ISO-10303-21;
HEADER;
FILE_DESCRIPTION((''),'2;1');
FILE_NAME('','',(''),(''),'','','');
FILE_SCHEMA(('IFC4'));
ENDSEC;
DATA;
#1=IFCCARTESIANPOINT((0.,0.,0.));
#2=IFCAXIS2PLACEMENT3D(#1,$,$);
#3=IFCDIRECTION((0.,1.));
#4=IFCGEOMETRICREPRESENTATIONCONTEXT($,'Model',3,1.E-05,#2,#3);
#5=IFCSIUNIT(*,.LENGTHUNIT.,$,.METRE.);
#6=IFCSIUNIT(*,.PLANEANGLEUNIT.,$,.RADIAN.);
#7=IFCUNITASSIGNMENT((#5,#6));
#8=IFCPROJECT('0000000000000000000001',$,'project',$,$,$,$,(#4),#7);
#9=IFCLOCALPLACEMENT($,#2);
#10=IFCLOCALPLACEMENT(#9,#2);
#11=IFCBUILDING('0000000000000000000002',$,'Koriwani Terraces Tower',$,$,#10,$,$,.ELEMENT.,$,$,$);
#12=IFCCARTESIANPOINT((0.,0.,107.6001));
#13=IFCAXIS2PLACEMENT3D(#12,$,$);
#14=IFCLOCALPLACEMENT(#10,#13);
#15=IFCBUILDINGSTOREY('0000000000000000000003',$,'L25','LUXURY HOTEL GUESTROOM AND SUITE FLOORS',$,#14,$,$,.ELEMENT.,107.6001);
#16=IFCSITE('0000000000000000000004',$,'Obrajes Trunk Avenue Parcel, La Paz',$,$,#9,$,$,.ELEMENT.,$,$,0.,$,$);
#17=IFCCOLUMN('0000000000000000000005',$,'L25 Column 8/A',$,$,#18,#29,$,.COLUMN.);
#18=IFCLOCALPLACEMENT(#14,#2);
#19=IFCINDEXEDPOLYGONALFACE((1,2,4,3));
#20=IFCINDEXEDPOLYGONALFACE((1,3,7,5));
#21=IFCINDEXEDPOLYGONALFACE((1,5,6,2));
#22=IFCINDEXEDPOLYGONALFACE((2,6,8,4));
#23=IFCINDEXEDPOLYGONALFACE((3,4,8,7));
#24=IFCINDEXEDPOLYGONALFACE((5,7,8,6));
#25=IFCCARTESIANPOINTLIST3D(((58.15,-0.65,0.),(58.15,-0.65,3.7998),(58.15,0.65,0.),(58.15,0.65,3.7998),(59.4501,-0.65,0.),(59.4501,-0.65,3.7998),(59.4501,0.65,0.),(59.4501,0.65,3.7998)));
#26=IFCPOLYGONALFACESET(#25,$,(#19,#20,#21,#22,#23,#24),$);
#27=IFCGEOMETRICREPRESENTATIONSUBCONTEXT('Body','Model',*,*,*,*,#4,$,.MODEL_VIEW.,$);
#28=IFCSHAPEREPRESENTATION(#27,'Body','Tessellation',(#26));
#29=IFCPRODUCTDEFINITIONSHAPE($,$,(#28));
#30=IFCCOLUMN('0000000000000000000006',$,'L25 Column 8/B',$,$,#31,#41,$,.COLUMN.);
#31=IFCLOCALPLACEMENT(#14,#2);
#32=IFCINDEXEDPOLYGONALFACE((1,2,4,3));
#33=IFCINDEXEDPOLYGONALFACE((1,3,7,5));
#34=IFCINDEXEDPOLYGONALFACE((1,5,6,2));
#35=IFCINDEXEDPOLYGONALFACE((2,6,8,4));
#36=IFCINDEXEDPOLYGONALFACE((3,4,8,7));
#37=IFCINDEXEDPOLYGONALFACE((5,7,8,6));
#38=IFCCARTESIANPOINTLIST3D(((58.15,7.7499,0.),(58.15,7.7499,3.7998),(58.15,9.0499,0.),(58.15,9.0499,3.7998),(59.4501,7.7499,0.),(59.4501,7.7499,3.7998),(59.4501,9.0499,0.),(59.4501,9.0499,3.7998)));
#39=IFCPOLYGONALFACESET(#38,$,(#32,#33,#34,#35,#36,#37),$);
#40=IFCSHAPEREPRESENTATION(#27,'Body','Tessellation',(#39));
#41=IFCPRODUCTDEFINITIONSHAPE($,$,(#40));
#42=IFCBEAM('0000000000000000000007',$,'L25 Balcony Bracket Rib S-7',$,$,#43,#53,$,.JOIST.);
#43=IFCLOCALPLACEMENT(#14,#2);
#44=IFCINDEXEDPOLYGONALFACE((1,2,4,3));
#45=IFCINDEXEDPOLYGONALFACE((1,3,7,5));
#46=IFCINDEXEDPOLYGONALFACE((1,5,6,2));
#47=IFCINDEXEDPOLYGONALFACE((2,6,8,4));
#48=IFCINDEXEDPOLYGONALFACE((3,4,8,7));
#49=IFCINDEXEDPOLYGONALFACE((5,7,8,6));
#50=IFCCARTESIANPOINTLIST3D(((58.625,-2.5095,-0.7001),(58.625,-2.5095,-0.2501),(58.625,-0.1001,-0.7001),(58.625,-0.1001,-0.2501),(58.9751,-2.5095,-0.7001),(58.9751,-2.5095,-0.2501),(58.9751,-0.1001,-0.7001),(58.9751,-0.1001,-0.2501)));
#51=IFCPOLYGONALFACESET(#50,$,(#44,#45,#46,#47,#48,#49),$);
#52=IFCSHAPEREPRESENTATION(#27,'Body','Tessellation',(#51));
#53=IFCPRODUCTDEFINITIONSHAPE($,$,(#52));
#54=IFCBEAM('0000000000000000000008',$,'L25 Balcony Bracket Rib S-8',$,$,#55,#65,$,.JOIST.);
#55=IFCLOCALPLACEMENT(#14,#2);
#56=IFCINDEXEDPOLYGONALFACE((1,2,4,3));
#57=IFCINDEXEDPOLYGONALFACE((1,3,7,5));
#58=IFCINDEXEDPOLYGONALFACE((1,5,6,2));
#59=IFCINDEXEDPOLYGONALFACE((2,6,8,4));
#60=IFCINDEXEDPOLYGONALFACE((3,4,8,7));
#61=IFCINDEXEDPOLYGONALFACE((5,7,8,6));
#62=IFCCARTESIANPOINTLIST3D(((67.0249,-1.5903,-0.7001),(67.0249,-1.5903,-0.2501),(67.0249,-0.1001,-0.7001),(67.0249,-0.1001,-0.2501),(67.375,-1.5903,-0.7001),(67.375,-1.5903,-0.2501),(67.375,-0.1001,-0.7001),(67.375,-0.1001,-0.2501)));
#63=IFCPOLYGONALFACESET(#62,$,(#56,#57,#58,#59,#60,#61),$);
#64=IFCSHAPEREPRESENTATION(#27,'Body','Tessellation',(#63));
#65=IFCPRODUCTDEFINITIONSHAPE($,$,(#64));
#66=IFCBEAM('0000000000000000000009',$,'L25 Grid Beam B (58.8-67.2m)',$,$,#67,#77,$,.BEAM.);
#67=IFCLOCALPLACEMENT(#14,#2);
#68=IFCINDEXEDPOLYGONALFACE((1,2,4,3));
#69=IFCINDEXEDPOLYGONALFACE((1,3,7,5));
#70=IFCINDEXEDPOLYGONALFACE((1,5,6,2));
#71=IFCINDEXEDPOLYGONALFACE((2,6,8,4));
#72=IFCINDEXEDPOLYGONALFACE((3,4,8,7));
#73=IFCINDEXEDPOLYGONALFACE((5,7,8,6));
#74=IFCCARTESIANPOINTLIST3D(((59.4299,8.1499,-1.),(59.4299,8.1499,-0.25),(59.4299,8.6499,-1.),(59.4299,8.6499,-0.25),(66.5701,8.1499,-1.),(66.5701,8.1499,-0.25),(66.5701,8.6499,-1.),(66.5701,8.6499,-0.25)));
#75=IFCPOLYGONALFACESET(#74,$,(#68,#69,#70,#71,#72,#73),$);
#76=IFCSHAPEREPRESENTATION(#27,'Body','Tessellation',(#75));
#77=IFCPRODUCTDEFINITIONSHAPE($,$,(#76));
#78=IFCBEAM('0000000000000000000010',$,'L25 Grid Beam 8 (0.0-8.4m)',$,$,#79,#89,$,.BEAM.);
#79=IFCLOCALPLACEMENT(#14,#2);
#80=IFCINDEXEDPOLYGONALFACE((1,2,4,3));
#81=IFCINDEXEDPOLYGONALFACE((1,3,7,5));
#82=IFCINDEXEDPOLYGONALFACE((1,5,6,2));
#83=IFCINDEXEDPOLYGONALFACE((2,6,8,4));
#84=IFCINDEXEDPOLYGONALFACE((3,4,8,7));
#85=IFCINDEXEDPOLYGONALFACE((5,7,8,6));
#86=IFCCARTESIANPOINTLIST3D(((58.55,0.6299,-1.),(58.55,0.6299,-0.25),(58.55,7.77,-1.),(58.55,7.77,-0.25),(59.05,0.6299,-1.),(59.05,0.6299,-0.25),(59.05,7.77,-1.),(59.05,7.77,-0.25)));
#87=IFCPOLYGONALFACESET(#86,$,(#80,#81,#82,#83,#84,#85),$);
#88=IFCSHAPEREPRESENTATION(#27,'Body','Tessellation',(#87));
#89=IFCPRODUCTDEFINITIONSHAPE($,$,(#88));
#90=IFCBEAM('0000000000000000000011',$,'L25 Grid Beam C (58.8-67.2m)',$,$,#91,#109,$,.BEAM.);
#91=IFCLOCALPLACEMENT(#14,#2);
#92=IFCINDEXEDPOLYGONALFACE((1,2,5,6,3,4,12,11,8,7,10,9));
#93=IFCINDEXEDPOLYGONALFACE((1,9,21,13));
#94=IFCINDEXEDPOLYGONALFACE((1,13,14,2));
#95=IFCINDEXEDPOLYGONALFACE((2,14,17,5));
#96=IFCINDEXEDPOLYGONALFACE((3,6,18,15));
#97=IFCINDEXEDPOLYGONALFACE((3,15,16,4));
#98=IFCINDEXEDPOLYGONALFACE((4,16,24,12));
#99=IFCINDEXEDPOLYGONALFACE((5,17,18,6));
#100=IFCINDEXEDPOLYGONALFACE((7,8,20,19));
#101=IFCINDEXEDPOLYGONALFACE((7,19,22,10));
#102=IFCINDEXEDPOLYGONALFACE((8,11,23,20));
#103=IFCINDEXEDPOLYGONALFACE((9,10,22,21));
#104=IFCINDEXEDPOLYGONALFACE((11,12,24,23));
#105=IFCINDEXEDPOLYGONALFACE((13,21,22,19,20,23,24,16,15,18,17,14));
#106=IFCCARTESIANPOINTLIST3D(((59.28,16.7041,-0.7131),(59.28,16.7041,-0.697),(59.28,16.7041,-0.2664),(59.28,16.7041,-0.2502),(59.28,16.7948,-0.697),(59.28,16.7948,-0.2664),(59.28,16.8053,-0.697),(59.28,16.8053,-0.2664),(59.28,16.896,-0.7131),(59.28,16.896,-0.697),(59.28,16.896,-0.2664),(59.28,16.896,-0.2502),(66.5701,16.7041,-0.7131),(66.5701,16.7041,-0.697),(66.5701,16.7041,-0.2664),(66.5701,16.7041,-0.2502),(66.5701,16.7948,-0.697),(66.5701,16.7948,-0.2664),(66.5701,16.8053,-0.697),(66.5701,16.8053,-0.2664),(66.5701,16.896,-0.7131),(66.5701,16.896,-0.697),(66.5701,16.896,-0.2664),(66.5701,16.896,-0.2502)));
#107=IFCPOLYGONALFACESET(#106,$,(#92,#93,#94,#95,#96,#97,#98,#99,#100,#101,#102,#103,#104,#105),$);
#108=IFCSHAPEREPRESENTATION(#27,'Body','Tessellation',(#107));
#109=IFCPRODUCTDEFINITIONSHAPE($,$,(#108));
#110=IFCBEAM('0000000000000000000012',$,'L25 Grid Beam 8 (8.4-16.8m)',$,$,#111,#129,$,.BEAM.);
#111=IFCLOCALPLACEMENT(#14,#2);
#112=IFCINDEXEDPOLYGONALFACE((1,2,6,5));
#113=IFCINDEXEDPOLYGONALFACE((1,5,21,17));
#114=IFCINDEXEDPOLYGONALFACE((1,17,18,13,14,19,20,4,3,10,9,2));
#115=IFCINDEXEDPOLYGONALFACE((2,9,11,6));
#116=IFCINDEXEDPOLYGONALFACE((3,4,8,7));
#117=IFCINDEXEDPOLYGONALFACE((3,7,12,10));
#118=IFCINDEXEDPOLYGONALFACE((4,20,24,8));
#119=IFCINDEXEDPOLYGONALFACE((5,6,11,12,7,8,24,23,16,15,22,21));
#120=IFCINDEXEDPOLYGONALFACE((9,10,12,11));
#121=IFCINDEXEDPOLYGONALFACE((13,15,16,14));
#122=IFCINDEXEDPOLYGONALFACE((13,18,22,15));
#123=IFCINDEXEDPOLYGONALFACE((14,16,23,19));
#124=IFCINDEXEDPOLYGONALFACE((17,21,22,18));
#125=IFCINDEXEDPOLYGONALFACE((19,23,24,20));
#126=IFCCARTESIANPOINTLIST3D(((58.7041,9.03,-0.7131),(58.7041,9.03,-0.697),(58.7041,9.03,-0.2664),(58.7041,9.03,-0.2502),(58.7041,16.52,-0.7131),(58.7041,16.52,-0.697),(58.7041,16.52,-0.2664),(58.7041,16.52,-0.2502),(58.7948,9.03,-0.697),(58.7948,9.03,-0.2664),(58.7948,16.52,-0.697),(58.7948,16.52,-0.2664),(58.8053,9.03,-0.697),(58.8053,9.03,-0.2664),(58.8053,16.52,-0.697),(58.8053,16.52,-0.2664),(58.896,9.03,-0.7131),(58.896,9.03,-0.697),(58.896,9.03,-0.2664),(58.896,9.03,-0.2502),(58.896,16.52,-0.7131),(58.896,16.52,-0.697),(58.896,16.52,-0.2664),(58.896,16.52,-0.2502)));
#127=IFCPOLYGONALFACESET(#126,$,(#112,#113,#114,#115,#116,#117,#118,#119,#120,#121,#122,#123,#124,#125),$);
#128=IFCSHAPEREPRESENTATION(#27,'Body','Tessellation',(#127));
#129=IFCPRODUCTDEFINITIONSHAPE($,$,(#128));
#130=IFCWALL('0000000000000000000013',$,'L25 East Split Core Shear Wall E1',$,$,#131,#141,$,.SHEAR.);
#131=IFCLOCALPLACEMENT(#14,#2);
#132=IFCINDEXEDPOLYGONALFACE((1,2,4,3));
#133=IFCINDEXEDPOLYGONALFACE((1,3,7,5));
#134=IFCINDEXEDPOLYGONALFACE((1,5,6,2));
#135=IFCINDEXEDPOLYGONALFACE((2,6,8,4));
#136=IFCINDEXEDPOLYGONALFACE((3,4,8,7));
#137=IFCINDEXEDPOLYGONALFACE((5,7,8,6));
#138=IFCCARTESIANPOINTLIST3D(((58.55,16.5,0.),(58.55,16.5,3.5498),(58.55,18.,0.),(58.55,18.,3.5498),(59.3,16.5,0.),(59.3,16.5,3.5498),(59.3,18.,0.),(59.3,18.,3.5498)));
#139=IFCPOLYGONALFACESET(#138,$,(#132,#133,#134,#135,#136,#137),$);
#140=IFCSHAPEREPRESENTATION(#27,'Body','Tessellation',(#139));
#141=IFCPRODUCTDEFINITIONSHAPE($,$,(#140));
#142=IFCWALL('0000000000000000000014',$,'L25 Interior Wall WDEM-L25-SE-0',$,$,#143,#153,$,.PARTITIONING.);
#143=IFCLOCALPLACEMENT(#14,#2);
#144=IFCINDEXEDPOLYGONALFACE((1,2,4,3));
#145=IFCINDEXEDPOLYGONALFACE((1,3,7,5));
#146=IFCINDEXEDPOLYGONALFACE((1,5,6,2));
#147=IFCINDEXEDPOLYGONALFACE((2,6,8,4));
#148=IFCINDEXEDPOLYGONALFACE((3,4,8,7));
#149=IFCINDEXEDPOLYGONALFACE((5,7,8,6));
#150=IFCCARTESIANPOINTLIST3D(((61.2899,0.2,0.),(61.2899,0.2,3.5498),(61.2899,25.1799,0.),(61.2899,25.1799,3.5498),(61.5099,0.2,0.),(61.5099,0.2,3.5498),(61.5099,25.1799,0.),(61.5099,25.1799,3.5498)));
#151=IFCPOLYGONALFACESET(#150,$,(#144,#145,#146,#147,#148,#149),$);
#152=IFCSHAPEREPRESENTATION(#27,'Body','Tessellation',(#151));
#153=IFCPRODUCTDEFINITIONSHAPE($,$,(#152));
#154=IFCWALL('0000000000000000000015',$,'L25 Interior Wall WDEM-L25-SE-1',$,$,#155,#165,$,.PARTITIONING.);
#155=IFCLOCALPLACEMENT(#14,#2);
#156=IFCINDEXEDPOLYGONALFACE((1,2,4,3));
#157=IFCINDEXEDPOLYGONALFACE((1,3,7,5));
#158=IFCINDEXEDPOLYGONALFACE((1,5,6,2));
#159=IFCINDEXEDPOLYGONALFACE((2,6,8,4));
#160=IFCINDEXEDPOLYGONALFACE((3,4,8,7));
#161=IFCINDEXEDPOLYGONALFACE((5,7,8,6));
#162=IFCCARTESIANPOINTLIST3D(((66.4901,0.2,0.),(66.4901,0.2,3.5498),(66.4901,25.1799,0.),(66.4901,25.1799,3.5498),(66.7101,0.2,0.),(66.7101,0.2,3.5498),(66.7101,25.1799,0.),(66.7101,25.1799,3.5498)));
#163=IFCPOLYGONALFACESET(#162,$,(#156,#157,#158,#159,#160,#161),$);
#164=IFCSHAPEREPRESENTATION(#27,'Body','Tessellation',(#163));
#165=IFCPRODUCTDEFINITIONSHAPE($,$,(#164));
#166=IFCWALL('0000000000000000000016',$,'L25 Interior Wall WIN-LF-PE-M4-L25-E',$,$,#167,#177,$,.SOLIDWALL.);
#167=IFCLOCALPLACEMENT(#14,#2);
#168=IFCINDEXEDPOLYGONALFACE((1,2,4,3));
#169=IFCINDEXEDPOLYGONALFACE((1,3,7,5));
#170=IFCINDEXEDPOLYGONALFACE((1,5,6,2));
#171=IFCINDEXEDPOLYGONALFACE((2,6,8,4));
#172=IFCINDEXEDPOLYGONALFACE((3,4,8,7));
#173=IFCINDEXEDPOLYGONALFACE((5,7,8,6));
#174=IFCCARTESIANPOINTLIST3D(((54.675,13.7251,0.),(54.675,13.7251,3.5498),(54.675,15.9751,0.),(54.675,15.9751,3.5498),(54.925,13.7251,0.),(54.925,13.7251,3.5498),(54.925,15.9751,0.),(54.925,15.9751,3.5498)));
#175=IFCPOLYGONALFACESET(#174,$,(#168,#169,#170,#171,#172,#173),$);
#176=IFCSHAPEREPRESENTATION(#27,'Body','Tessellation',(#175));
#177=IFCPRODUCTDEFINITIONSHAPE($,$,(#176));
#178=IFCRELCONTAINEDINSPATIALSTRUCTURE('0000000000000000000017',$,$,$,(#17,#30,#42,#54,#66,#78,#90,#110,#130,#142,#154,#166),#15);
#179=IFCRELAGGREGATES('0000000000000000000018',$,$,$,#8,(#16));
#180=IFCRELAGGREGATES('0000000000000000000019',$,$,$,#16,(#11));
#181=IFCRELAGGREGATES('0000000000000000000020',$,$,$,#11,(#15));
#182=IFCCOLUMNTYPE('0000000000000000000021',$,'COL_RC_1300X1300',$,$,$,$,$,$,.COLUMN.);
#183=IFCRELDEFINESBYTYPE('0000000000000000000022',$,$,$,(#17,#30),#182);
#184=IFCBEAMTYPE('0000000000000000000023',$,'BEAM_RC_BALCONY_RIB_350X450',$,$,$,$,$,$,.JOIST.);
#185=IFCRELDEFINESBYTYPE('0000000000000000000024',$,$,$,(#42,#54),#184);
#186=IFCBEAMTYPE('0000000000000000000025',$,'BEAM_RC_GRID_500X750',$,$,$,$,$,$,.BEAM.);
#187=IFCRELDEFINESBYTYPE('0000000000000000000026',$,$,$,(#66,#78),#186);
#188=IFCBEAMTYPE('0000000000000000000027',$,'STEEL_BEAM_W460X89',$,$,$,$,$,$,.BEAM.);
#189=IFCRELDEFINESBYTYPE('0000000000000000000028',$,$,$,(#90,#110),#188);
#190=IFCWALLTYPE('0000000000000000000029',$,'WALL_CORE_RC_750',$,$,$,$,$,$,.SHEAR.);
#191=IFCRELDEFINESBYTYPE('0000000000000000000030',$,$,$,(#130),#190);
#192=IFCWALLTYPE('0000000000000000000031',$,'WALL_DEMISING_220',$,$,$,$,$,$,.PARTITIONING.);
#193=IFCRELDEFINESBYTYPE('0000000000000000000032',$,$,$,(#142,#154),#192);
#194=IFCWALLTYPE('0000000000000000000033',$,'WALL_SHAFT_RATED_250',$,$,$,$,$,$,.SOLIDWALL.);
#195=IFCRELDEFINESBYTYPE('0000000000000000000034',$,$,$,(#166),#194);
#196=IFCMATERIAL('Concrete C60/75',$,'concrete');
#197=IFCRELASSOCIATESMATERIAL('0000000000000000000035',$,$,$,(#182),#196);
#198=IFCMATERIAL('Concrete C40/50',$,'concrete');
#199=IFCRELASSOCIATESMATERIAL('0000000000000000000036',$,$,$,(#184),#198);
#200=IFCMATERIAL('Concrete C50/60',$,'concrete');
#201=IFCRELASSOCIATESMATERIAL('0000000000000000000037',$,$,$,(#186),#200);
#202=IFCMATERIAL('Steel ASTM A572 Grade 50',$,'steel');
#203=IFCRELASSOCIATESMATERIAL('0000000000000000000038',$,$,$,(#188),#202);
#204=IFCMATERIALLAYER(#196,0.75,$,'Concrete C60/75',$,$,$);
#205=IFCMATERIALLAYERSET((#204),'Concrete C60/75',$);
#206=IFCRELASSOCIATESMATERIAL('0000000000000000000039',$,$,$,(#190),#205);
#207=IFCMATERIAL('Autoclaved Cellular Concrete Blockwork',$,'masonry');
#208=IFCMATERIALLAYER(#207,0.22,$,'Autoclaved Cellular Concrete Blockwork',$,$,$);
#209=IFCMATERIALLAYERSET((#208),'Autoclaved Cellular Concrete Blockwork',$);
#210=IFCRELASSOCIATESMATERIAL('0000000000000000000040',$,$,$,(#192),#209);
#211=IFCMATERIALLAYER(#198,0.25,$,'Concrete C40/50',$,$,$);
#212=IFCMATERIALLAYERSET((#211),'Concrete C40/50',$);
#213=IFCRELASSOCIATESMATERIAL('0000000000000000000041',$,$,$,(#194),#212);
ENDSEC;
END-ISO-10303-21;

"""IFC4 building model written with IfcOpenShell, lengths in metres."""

from ifc_helpers import new_model, si_unit, direction, frame, frame_2d, origin, origin_2d, place, context, subcontext, project, spatial, rectangle, i_section, extrude, material, layer, layer_set, material_profile, profile_set, type_object, element, save


model = new_model("IFC4")

# Units and contexts
model_context = context("Model", 3, precision=1e-05, world=origin(), true_north=direction((0.0, 1.0)))
body_context = subcontext(model_context, "Body", "Model", "MODEL_VIEW")
ifc_project = project(units=[si_unit("LENGTHUNIT", "METRE"), si_unit("PLANEANGLEUNIT", "RADIAN")], contexts=[model_context])

# Site, building, storey
site_placement = place(None, origin())
site = spatial("IfcSite", under=ifc_project, at=site_placement, Name="Obrajes Trunk Avenue Parcel, La Paz", CompositionType="ELEMENT", RefElevation=0.0)
building_placement = place(site_placement, origin())
building = spatial("IfcBuilding", under=site, at=building_placement, Name="Koriwani Terraces Tower", CompositionType="ELEMENT")
storey_placement = place(building_placement, frame((0.0, 0.0, 107.6001)))
storey = spatial("IfcBuildingStorey", under=building, at=storey_placement, Name="L25", Description="LUXURY HOTEL GUESTROOM AND SUITE FLOORS", CompositionType="ELEMENT", Elevation=107.6001)

# Columns
ifc_material_1 = material(Name="Concrete C60/75", Category="concrete")
ifc_material_profile_1 = material_profile(ifc_material_1, rectangle(XDim=1.3, YDim=1.3, at=origin_2d()), Name="Concrete C60/75", Category="LoadBearing")
ifc_profile_set_1 = profile_set([ifc_material_profile_1], Name="Concrete C60/75")
column_type = type_object("IfcColumnType", Name="COL_RC_1300X1300", PredefinedType="COLUMN", material=ifc_profile_set_1)
for number, where, z_axis, x_axis, name in (
    (1, (58.8, 0.0, 0.0), (0.0, 0.0, 1.0), (1.0, 0.0, 0.0), "L25 Column 8/A"),
    (2, (58.8, 8.3999, 0.0), (0.0, 0.0, 1.0), (1.0, 0.0, 0.0), "L25 Column 8/B"),
):
    element("IfcColumn", number, at=place(storey_placement, frame(where, z_axis=z_axis, x_axis=x_axis)), inside=storey, type_object=column_type, Name=name, PredefinedType="COLUMN", context=body_context, shape_type="SweptSolid", body=[
        extrude(rectangle(XDim=1.3, YDim=1.3, at=origin_2d()), origin(), (0.0, 0.0, 1.0), 3.7998),
    ])

# Beams
ifc_material_2 = material(Name="Concrete C40/50", Category="concrete")
ifc_material_profile_2 = material_profile(ifc_material_2, rectangle(XDim=0.3501, YDim=0.45, at=origin_2d()), Name="Concrete C40/50", Category="LoadBearing")
ifc_profile_set_2 = profile_set([ifc_material_profile_2], Name="Concrete C40/50")
beam_type_1 = type_object("IfcBeamType", Name="BEAM_RC_BALCONY_RIB_350X450", PredefinedType="JOIST", material=ifc_profile_set_2)
beam_1_placement = place(storey_placement, frame((58.8, -2.5095, -0.4751), z_axis=(0.0, 1.0, 0.0), x_axis=(-1.0, 0.0, 0.0)))
element("IfcBeam", 3, at=beam_1_placement, inside=storey, type_object=beam_type_1, Name="L25 Balcony Bracket Rib S-7", PredefinedType="JOIST", context=body_context, shape_type="SweptSolid", body=[
    extrude(rectangle(XDim=0.3501, YDim=0.45, at=origin_2d()), origin(), (0.0, 0.0, 1.0), 2.4094),
])
beam_2_placement = place(storey_placement, frame((67.2, -1.5903, -0.4751), z_axis=(0.0, 1.0, 0.0), x_axis=(-1.0, 0.0, 0.0)))
element("IfcBeam", 4, at=beam_2_placement, inside=storey, type_object=beam_type_1, Name="L25 Balcony Bracket Rib S-8", PredefinedType="JOIST", context=body_context, shape_type="SweptSolid", body=[
    extrude(rectangle(XDim=0.3501, YDim=0.45, at=origin_2d()), origin(), (0.0, 0.0, 1.0), 1.4902),
])
ifc_material_3 = material(Name="Concrete C50/60", Category="concrete")
ifc_material_profile_3 = material_profile(ifc_material_3, rectangle(XDim=0.5, YDim=0.75, at=origin_2d()), Name="Concrete C50/60", Category="LoadBearing")
ifc_profile_set_3 = profile_set([ifc_material_profile_3], Name="Concrete C50/60")
beam_type_2 = type_object("IfcBeamType", Name="BEAM_RC_GRID_500X750", PredefinedType="BEAM", material=ifc_profile_set_3)
for number, where, z_axis, x_axis, name in (
    (5, (59.4299, 8.3999, -0.625), (1.0, 0.0, 0.0), (0.0, 1.0, 0.0), "L25 Grid Beam B (58.8-67.2m)"),
    (6, (58.8, 0.6299, -0.625), (0.0, 1.0, 0.0), (-1.0, 0.0, 0.0), "L25 Grid Beam 8 (0.0-8.4m)"),
):
    element("IfcBeam", number, at=place(storey_placement, frame(where, z_axis=z_axis, x_axis=x_axis)), inside=storey, type_object=beam_type_2, Name=name, PredefinedType="BEAM", context=body_context, shape_type="SweptSolid", body=[
        extrude(rectangle(XDim=0.5, YDim=0.75, at=origin_2d()), origin(), (0.0, 0.0, 1.0), 7.1401),
    ])
ifc_material_4 = material(Name="Steel ASTM A572 Grade 50", Category="steel")
ifc_material_profile_4 = material_profile(ifc_material_4, i_section(OverallWidth=0.1919, OverallDepth=0.4629, WebThickness=0.0105, FlangeThickness=0.0161, at=origin_2d()), Name="Steel ASTM A572 Grade 50", Category="LoadBearing")
ifc_profile_set_4 = profile_set([ifc_material_profile_4], Name="Steel ASTM A572 Grade 50")
beam_type_3 = type_object("IfcBeamType", Name="STEEL_BEAM_W460X89", PredefinedType="BEAM", material=ifc_profile_set_4)
beam_3_placement = place(storey_placement, frame((59.28, 16.8, -0.4817), z_axis=(1.0, 0.0, 0.0), x_axis=(0.0, 1.0, 0.0)))
element("IfcBeam", 7, at=beam_3_placement, inside=storey, type_object=beam_type_3, Name="L25 Grid Beam C (58.8-67.2m)", PredefinedType="BEAM", context=body_context, shape_type="SweptSolid", body=[
    extrude(i_section(OverallWidth=0.1919, OverallDepth=0.4629, WebThickness=0.0105, FlangeThickness=0.0161, at=origin_2d()), origin(), (0.0, 0.0, 1.0), 7.29),
])
beam_4_placement = place(storey_placement, frame((58.8, 9.03, -0.4817), z_axis=(0.0, 1.0, 0.0), x_axis=(-1.0, 0.0, 0.0)))
element("IfcBeam", 8, at=beam_4_placement, inside=storey, type_object=beam_type_3, Name="L25 Grid Beam 8 (8.4-16.8m)", PredefinedType="BEAM", context=body_context, shape_type="SweptSolid", body=[
    extrude(i_section(OverallWidth=0.1919, OverallDepth=0.4629, WebThickness=0.0105, FlangeThickness=0.0161, at=origin_2d()), origin(), (0.0, 0.0, 1.0), 7.49),
])

# Walls
ifc_layer_1 = layer(ifc_material_1, 0.75, Name="Concrete C60/75")
ifc_layer_set_1 = layer_set([ifc_layer_1], Name="Concrete C60/75")
wall_type_1 = type_object("IfcWallType", Name="WALL_CORE_RC_750", PredefinedType="SHEAR", material=ifc_layer_set_1)
wall_1_placement = place(storey_placement, frame((58.925, 16.5, 0.0), z_axis=(0.0, 0.0, 1.0), x_axis=(0.0, 1.0, 0.0)))
element("IfcWall", 9, at=wall_1_placement, inside=storey, type_object=wall_type_1, Name="L25 East Split Core Shear Wall E1", PredefinedType="SHEAR", context=body_context, shape_type="SweptSolid", body=[
    extrude(rectangle(XDim=1.5, YDim=0.75, at=frame_2d((0.75, 0.0))), origin(), (0.0, 0.0, 1.0), 3.5498),
])
ifc_material_5 = material(Name="Autoclaved Cellular Concrete Blockwork", Category="masonry")
ifc_layer_2 = layer(ifc_material_5, 0.22, Name="Autoclaved Cellular Concrete Blockwork")
ifc_layer_set_2 = layer_set([ifc_layer_2], Name="Autoclaved Cellular Concrete Blockwork")
wall_type_2 = type_object("IfcWallType", Name="WALL_DEMISING_220", PredefinedType="PARTITIONING", material=ifc_layer_set_2)
for number, where, z_axis, x_axis, name in (
    (10, (61.3999, 0.2, 0.0), (0.0, 0.0, 1.0), (0.0, 1.0, 0.0), "L25 Interior Wall WDEM-L25-SE-0"),
    (11, (66.6001, 0.2, 0.0), (0.0, 0.0, 1.0), (0.0, 1.0, 0.0), "L25 Interior Wall WDEM-L25-SE-1"),
):
    element("IfcWall", number, at=place(storey_placement, frame(where, z_axis=z_axis, x_axis=x_axis)), inside=storey, type_object=wall_type_2, Name=name, PredefinedType="PARTITIONING", context=body_context, shape_type="SweptSolid", body=[
        extrude(rectangle(XDim=24.98, YDim=0.22, at=frame_2d((12.49, 0.0))), origin(), (0.0, 0.0, 1.0), 3.5498),
    ])
ifc_layer_3 = layer(ifc_material_2, 0.25, Name="Concrete C40/50")
ifc_layer_set_3 = layer_set([ifc_layer_3], Name="Concrete C40/50")
wall_type_3 = type_object("IfcWallType", Name="WALL_SHAFT_RATED_250", PredefinedType="SOLIDWALL", material=ifc_layer_set_3)
wall_2_placement = place(storey_placement, frame((54.8, 13.7251, 0.0), z_axis=(0.0, 0.0, 1.0), x_axis=(0.0, 1.0, 0.0)))
element("IfcWall", 12, at=wall_2_placement, inside=storey, type_object=wall_type_3, Name="L25 Interior Wall WIN-LF-PE-M4-L25-E", PredefinedType="SOLIDWALL", context=body_context, shape_type="SweptSolid", body=[
    extrude(rectangle(XDim=2.25, YDim=0.25, at=frame_2d((1.125, 0.0))), origin(), (0.0, 0.0, 1.0), 3.5498),
])

save(model, "model.ifc")
